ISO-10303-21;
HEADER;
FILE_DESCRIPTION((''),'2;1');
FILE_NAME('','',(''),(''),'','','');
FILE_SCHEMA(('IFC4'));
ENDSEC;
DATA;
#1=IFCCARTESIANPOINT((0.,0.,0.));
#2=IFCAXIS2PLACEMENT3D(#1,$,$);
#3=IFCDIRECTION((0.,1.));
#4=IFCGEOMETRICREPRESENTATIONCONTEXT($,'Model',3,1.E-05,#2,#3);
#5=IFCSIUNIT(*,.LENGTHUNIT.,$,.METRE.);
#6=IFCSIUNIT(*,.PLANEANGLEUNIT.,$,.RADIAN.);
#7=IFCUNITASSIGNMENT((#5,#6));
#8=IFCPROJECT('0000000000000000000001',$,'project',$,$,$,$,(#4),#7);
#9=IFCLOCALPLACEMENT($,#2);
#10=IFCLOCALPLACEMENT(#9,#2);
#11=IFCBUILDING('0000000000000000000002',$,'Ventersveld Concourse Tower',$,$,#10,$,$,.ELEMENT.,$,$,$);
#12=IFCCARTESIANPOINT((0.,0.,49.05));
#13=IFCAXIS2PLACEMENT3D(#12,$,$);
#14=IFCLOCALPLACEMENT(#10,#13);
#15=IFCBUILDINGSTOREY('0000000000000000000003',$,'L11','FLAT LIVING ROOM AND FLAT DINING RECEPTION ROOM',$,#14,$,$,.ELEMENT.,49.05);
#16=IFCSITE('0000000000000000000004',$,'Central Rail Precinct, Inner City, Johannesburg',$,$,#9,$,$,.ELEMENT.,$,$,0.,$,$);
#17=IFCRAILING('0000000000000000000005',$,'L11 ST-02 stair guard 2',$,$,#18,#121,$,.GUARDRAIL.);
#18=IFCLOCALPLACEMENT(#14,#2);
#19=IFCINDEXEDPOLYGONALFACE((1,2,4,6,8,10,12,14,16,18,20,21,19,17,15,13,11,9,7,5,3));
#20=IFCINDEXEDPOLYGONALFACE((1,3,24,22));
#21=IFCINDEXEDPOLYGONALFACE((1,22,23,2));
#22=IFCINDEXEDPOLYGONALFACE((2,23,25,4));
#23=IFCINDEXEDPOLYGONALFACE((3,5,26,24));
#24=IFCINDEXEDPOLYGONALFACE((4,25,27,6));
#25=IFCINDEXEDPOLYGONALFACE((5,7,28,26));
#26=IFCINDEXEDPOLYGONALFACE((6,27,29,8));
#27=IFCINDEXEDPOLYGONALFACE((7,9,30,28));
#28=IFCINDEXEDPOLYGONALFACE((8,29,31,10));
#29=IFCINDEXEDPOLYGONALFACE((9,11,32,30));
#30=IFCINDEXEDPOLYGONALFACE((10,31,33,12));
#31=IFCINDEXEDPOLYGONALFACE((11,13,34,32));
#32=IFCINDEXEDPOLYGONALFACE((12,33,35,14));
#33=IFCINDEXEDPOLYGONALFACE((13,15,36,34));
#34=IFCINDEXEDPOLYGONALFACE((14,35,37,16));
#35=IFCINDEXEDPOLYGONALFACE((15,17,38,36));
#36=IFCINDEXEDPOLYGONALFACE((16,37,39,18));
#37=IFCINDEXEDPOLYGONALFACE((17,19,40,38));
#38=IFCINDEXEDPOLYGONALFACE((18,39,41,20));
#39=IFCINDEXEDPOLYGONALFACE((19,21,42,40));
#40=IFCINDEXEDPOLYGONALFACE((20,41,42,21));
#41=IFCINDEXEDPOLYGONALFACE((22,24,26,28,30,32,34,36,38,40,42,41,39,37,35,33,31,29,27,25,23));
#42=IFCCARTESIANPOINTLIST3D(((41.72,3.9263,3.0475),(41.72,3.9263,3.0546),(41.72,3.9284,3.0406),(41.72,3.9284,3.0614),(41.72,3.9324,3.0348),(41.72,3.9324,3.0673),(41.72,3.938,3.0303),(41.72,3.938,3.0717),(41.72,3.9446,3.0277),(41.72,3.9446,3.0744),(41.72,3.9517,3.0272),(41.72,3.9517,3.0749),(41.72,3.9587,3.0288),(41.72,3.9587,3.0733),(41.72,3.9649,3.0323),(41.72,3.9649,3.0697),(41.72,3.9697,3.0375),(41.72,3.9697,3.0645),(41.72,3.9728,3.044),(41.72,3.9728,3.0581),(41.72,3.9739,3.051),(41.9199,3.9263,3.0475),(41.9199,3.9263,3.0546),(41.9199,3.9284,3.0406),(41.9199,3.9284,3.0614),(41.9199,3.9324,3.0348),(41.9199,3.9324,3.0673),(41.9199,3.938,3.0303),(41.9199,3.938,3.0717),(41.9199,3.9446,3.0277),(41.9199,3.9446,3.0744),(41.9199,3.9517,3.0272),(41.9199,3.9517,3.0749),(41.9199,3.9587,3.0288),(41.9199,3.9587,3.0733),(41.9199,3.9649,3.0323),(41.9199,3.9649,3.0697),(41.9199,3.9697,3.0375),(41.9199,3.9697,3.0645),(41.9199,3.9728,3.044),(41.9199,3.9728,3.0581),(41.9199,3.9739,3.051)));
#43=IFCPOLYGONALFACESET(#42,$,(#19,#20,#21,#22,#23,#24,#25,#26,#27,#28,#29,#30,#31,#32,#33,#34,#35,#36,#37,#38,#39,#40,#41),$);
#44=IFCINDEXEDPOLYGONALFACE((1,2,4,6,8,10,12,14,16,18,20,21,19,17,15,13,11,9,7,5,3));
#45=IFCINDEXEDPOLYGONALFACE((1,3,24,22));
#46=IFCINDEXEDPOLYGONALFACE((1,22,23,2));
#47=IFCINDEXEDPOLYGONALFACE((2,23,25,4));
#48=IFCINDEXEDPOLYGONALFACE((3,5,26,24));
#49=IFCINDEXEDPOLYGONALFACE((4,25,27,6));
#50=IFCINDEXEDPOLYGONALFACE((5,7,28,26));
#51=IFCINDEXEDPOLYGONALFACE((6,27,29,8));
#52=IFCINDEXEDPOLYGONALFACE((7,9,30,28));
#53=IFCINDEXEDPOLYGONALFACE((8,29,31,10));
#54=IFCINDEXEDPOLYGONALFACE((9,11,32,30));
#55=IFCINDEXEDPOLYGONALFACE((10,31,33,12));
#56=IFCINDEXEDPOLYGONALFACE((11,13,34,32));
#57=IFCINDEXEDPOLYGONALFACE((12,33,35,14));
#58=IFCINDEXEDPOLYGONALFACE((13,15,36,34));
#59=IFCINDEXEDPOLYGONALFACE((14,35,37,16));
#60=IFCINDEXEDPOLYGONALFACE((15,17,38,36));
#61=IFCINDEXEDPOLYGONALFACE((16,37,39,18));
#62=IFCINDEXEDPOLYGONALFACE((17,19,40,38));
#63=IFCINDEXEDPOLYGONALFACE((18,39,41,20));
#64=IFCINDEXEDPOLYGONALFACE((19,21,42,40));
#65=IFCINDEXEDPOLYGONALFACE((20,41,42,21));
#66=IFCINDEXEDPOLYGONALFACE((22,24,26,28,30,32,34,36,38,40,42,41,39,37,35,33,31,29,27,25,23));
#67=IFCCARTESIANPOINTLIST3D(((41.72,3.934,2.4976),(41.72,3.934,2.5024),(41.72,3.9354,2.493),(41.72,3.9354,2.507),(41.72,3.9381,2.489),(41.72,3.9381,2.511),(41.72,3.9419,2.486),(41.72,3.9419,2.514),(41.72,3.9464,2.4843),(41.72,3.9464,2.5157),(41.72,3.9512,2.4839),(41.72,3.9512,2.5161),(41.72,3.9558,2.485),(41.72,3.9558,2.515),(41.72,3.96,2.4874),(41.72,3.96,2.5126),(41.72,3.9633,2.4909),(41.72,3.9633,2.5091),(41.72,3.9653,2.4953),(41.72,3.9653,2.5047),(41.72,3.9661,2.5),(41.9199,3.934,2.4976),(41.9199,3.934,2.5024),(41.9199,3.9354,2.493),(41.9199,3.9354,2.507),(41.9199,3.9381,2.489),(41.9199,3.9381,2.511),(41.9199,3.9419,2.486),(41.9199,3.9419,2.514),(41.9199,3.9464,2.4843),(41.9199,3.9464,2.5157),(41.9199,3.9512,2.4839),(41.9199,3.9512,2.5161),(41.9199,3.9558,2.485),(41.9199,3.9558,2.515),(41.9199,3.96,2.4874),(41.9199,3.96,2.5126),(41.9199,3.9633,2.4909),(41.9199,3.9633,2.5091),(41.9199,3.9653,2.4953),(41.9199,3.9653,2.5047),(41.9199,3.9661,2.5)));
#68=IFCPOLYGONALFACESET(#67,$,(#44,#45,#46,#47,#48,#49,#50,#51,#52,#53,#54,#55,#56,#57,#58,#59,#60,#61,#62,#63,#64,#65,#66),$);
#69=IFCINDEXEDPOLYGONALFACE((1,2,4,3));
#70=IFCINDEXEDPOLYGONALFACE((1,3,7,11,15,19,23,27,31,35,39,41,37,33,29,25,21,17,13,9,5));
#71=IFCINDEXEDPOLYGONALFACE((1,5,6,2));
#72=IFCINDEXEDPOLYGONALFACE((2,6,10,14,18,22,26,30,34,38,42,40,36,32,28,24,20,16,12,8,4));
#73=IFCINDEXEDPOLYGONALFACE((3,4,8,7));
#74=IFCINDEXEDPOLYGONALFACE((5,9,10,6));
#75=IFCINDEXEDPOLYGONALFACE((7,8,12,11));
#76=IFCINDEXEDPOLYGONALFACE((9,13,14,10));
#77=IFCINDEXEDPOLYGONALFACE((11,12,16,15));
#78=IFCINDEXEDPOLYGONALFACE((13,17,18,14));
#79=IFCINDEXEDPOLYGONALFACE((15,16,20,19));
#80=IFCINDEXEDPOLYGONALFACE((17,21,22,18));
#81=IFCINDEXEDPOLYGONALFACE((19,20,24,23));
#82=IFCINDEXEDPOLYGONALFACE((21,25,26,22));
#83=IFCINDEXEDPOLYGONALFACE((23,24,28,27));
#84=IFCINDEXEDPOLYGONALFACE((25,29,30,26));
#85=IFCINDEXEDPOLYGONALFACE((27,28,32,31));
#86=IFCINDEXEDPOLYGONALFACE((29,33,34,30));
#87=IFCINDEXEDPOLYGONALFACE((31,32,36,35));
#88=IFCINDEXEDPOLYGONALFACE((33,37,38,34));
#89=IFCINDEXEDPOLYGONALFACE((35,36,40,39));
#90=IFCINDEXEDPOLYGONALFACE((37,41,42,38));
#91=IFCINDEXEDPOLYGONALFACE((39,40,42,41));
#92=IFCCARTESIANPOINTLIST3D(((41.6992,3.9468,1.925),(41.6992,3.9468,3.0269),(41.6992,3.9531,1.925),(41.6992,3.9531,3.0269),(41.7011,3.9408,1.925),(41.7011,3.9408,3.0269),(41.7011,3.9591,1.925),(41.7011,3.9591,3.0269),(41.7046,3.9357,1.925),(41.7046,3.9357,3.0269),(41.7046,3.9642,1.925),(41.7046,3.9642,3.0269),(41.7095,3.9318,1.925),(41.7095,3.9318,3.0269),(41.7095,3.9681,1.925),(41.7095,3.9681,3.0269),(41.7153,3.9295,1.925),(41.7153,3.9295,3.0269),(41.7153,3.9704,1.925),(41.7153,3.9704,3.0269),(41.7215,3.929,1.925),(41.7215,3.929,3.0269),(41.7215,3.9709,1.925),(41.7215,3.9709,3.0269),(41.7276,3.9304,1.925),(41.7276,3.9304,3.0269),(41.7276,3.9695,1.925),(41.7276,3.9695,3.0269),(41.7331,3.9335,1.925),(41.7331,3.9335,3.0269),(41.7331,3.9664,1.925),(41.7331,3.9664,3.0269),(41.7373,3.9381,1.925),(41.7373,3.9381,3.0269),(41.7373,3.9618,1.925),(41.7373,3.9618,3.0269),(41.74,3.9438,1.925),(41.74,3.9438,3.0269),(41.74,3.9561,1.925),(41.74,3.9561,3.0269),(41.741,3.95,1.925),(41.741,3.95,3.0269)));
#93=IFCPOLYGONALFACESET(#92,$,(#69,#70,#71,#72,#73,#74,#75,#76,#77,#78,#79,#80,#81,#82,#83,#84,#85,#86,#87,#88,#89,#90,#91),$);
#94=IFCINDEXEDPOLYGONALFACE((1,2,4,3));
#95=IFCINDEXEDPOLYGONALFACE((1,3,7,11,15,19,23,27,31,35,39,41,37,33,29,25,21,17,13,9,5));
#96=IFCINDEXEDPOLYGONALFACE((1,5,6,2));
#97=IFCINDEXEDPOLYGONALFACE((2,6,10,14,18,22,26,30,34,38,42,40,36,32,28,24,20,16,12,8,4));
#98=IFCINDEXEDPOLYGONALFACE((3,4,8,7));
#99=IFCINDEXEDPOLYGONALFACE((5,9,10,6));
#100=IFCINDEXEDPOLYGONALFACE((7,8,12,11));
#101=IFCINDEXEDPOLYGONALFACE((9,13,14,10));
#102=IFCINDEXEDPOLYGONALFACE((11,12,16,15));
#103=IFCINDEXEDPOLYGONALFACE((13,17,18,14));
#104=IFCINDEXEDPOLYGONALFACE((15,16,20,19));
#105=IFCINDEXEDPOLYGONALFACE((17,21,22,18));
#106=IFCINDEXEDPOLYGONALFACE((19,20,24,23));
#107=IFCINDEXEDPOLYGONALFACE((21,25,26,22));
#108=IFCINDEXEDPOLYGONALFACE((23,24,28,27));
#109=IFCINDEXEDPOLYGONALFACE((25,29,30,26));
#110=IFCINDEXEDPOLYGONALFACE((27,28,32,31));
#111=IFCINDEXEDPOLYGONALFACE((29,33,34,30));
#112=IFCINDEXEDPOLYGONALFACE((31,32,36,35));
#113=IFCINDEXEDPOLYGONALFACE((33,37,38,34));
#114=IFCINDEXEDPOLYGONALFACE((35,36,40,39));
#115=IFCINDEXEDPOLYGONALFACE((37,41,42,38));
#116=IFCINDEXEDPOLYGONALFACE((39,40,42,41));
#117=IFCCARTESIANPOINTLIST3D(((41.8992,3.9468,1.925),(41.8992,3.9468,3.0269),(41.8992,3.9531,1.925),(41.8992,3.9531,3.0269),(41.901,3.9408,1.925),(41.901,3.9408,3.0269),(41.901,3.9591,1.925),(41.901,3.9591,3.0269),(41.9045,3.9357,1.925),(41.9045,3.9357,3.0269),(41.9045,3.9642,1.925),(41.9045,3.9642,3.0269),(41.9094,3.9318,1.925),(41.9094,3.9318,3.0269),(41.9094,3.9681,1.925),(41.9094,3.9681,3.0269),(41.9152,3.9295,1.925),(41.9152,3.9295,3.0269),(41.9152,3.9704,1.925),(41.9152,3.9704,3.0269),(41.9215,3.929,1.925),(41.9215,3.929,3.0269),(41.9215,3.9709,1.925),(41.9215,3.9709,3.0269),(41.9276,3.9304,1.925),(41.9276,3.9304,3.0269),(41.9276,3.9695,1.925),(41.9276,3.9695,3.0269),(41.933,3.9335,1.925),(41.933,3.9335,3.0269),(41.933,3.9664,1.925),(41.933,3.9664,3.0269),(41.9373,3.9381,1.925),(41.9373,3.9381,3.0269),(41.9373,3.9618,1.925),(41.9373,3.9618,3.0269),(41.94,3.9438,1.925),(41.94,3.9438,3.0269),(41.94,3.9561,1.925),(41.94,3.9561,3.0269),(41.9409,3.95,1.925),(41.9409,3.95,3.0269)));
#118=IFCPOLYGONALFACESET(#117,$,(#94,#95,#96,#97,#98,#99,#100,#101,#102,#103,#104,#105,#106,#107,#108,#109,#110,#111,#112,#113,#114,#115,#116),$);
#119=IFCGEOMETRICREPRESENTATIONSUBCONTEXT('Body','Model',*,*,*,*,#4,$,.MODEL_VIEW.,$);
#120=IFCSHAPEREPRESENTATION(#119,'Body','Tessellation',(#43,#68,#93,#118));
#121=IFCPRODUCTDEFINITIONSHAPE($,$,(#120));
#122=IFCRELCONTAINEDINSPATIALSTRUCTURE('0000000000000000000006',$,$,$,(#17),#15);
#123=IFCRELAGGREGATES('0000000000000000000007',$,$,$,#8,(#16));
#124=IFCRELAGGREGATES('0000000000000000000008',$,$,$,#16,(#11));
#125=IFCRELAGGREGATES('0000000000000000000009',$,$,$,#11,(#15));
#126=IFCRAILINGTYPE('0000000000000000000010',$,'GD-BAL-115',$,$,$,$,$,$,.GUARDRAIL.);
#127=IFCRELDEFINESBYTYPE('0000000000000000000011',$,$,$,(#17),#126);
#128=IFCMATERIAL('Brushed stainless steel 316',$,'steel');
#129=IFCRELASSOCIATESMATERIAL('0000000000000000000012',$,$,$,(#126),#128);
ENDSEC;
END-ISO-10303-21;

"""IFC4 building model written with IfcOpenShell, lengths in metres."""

from ifc_helpers import new_model, si_unit, direction, frame, origin, origin_2d, place, context, subcontext, project, spatial, circle, extrude, material, type_object, element, save


model = new_model("IFC4")

# Units and contexts
model_context = context("Model", 3, precision=1e-05, world=origin(), true_north=direction((0.0, 1.0)))
body_context = subcontext(model_context, "Body", "Model", "MODEL_VIEW")
ifc_project = project(units=[si_unit("LENGTHUNIT", "METRE"), si_unit("PLANEANGLEUNIT", "RADIAN")], contexts=[model_context])

# Site, building, storey
site_placement = place(None, origin())
site = spatial("IfcSite", under=ifc_project, at=site_placement, Name="Central Rail Precinct, Inner City, Johannesburg", CompositionType="ELEMENT", RefElevation=0.0)
building_placement = place(site_placement, origin())
building = spatial("IfcBuilding", under=site, at=building_placement, Name="Ventersveld Concourse Tower", CompositionType="ELEMENT")
storey_placement = place(building_placement, frame((0.0, 0.0, 49.05)))
storey = spatial("IfcBuildingStorey", under=building, at=storey_placement, Name="L11", Description="FLAT LIVING ROOM AND FLAT DINING RECEPTION ROOM", CompositionType="ELEMENT", Elevation=49.05)

# Railing
ifc_material_1 = material(Name="Brushed stainless steel 316", Category="steel")
railing_type_1 = type_object("IfcRailingType", Name="GD-BAL-115", PredefinedType="GUARDRAIL", material=ifc_material_1)
railing_1_placement = place(storey_placement, frame((41.72, 3.95, 1.925)))
element("IfcRailing", 1, at=railing_1_placement, inside=storey, type_object=railing_type_1, Name="L11 ST-02 stair guard 2", PredefinedType="GUARDRAIL", context=body_context, shape_type="SweptSolid", body=[
    extrude(circle(Radius=0.0239, at=origin_2d()), frame((0.0, 0.0, 1.126), z_axis=(1.0, 0.0, 0.0), x_axis=(0.0, 1.0, 0.0)), (0.0, 0.0, 1.0), 0.2),
    extrude(circle(Radius=0.0161, at=origin_2d()), frame((0.0, 0.0, 0.575), z_axis=(1.0, 0.0, 0.0), x_axis=(0.0, 1.0, 0.0)), (0.0, 0.0, 1.0), 0.2),
    extrude(circle(Radius=0.021, at=origin_2d()), origin(), (0.0, 0.0, 1.0), 1.1018),
    extrude(circle(Radius=0.021, at=origin_2d()), frame((0.2, 0.0, 0.0)), (0.0, 0.0, 1.0), 1.1018),
])

save(model, "model.ifc")
